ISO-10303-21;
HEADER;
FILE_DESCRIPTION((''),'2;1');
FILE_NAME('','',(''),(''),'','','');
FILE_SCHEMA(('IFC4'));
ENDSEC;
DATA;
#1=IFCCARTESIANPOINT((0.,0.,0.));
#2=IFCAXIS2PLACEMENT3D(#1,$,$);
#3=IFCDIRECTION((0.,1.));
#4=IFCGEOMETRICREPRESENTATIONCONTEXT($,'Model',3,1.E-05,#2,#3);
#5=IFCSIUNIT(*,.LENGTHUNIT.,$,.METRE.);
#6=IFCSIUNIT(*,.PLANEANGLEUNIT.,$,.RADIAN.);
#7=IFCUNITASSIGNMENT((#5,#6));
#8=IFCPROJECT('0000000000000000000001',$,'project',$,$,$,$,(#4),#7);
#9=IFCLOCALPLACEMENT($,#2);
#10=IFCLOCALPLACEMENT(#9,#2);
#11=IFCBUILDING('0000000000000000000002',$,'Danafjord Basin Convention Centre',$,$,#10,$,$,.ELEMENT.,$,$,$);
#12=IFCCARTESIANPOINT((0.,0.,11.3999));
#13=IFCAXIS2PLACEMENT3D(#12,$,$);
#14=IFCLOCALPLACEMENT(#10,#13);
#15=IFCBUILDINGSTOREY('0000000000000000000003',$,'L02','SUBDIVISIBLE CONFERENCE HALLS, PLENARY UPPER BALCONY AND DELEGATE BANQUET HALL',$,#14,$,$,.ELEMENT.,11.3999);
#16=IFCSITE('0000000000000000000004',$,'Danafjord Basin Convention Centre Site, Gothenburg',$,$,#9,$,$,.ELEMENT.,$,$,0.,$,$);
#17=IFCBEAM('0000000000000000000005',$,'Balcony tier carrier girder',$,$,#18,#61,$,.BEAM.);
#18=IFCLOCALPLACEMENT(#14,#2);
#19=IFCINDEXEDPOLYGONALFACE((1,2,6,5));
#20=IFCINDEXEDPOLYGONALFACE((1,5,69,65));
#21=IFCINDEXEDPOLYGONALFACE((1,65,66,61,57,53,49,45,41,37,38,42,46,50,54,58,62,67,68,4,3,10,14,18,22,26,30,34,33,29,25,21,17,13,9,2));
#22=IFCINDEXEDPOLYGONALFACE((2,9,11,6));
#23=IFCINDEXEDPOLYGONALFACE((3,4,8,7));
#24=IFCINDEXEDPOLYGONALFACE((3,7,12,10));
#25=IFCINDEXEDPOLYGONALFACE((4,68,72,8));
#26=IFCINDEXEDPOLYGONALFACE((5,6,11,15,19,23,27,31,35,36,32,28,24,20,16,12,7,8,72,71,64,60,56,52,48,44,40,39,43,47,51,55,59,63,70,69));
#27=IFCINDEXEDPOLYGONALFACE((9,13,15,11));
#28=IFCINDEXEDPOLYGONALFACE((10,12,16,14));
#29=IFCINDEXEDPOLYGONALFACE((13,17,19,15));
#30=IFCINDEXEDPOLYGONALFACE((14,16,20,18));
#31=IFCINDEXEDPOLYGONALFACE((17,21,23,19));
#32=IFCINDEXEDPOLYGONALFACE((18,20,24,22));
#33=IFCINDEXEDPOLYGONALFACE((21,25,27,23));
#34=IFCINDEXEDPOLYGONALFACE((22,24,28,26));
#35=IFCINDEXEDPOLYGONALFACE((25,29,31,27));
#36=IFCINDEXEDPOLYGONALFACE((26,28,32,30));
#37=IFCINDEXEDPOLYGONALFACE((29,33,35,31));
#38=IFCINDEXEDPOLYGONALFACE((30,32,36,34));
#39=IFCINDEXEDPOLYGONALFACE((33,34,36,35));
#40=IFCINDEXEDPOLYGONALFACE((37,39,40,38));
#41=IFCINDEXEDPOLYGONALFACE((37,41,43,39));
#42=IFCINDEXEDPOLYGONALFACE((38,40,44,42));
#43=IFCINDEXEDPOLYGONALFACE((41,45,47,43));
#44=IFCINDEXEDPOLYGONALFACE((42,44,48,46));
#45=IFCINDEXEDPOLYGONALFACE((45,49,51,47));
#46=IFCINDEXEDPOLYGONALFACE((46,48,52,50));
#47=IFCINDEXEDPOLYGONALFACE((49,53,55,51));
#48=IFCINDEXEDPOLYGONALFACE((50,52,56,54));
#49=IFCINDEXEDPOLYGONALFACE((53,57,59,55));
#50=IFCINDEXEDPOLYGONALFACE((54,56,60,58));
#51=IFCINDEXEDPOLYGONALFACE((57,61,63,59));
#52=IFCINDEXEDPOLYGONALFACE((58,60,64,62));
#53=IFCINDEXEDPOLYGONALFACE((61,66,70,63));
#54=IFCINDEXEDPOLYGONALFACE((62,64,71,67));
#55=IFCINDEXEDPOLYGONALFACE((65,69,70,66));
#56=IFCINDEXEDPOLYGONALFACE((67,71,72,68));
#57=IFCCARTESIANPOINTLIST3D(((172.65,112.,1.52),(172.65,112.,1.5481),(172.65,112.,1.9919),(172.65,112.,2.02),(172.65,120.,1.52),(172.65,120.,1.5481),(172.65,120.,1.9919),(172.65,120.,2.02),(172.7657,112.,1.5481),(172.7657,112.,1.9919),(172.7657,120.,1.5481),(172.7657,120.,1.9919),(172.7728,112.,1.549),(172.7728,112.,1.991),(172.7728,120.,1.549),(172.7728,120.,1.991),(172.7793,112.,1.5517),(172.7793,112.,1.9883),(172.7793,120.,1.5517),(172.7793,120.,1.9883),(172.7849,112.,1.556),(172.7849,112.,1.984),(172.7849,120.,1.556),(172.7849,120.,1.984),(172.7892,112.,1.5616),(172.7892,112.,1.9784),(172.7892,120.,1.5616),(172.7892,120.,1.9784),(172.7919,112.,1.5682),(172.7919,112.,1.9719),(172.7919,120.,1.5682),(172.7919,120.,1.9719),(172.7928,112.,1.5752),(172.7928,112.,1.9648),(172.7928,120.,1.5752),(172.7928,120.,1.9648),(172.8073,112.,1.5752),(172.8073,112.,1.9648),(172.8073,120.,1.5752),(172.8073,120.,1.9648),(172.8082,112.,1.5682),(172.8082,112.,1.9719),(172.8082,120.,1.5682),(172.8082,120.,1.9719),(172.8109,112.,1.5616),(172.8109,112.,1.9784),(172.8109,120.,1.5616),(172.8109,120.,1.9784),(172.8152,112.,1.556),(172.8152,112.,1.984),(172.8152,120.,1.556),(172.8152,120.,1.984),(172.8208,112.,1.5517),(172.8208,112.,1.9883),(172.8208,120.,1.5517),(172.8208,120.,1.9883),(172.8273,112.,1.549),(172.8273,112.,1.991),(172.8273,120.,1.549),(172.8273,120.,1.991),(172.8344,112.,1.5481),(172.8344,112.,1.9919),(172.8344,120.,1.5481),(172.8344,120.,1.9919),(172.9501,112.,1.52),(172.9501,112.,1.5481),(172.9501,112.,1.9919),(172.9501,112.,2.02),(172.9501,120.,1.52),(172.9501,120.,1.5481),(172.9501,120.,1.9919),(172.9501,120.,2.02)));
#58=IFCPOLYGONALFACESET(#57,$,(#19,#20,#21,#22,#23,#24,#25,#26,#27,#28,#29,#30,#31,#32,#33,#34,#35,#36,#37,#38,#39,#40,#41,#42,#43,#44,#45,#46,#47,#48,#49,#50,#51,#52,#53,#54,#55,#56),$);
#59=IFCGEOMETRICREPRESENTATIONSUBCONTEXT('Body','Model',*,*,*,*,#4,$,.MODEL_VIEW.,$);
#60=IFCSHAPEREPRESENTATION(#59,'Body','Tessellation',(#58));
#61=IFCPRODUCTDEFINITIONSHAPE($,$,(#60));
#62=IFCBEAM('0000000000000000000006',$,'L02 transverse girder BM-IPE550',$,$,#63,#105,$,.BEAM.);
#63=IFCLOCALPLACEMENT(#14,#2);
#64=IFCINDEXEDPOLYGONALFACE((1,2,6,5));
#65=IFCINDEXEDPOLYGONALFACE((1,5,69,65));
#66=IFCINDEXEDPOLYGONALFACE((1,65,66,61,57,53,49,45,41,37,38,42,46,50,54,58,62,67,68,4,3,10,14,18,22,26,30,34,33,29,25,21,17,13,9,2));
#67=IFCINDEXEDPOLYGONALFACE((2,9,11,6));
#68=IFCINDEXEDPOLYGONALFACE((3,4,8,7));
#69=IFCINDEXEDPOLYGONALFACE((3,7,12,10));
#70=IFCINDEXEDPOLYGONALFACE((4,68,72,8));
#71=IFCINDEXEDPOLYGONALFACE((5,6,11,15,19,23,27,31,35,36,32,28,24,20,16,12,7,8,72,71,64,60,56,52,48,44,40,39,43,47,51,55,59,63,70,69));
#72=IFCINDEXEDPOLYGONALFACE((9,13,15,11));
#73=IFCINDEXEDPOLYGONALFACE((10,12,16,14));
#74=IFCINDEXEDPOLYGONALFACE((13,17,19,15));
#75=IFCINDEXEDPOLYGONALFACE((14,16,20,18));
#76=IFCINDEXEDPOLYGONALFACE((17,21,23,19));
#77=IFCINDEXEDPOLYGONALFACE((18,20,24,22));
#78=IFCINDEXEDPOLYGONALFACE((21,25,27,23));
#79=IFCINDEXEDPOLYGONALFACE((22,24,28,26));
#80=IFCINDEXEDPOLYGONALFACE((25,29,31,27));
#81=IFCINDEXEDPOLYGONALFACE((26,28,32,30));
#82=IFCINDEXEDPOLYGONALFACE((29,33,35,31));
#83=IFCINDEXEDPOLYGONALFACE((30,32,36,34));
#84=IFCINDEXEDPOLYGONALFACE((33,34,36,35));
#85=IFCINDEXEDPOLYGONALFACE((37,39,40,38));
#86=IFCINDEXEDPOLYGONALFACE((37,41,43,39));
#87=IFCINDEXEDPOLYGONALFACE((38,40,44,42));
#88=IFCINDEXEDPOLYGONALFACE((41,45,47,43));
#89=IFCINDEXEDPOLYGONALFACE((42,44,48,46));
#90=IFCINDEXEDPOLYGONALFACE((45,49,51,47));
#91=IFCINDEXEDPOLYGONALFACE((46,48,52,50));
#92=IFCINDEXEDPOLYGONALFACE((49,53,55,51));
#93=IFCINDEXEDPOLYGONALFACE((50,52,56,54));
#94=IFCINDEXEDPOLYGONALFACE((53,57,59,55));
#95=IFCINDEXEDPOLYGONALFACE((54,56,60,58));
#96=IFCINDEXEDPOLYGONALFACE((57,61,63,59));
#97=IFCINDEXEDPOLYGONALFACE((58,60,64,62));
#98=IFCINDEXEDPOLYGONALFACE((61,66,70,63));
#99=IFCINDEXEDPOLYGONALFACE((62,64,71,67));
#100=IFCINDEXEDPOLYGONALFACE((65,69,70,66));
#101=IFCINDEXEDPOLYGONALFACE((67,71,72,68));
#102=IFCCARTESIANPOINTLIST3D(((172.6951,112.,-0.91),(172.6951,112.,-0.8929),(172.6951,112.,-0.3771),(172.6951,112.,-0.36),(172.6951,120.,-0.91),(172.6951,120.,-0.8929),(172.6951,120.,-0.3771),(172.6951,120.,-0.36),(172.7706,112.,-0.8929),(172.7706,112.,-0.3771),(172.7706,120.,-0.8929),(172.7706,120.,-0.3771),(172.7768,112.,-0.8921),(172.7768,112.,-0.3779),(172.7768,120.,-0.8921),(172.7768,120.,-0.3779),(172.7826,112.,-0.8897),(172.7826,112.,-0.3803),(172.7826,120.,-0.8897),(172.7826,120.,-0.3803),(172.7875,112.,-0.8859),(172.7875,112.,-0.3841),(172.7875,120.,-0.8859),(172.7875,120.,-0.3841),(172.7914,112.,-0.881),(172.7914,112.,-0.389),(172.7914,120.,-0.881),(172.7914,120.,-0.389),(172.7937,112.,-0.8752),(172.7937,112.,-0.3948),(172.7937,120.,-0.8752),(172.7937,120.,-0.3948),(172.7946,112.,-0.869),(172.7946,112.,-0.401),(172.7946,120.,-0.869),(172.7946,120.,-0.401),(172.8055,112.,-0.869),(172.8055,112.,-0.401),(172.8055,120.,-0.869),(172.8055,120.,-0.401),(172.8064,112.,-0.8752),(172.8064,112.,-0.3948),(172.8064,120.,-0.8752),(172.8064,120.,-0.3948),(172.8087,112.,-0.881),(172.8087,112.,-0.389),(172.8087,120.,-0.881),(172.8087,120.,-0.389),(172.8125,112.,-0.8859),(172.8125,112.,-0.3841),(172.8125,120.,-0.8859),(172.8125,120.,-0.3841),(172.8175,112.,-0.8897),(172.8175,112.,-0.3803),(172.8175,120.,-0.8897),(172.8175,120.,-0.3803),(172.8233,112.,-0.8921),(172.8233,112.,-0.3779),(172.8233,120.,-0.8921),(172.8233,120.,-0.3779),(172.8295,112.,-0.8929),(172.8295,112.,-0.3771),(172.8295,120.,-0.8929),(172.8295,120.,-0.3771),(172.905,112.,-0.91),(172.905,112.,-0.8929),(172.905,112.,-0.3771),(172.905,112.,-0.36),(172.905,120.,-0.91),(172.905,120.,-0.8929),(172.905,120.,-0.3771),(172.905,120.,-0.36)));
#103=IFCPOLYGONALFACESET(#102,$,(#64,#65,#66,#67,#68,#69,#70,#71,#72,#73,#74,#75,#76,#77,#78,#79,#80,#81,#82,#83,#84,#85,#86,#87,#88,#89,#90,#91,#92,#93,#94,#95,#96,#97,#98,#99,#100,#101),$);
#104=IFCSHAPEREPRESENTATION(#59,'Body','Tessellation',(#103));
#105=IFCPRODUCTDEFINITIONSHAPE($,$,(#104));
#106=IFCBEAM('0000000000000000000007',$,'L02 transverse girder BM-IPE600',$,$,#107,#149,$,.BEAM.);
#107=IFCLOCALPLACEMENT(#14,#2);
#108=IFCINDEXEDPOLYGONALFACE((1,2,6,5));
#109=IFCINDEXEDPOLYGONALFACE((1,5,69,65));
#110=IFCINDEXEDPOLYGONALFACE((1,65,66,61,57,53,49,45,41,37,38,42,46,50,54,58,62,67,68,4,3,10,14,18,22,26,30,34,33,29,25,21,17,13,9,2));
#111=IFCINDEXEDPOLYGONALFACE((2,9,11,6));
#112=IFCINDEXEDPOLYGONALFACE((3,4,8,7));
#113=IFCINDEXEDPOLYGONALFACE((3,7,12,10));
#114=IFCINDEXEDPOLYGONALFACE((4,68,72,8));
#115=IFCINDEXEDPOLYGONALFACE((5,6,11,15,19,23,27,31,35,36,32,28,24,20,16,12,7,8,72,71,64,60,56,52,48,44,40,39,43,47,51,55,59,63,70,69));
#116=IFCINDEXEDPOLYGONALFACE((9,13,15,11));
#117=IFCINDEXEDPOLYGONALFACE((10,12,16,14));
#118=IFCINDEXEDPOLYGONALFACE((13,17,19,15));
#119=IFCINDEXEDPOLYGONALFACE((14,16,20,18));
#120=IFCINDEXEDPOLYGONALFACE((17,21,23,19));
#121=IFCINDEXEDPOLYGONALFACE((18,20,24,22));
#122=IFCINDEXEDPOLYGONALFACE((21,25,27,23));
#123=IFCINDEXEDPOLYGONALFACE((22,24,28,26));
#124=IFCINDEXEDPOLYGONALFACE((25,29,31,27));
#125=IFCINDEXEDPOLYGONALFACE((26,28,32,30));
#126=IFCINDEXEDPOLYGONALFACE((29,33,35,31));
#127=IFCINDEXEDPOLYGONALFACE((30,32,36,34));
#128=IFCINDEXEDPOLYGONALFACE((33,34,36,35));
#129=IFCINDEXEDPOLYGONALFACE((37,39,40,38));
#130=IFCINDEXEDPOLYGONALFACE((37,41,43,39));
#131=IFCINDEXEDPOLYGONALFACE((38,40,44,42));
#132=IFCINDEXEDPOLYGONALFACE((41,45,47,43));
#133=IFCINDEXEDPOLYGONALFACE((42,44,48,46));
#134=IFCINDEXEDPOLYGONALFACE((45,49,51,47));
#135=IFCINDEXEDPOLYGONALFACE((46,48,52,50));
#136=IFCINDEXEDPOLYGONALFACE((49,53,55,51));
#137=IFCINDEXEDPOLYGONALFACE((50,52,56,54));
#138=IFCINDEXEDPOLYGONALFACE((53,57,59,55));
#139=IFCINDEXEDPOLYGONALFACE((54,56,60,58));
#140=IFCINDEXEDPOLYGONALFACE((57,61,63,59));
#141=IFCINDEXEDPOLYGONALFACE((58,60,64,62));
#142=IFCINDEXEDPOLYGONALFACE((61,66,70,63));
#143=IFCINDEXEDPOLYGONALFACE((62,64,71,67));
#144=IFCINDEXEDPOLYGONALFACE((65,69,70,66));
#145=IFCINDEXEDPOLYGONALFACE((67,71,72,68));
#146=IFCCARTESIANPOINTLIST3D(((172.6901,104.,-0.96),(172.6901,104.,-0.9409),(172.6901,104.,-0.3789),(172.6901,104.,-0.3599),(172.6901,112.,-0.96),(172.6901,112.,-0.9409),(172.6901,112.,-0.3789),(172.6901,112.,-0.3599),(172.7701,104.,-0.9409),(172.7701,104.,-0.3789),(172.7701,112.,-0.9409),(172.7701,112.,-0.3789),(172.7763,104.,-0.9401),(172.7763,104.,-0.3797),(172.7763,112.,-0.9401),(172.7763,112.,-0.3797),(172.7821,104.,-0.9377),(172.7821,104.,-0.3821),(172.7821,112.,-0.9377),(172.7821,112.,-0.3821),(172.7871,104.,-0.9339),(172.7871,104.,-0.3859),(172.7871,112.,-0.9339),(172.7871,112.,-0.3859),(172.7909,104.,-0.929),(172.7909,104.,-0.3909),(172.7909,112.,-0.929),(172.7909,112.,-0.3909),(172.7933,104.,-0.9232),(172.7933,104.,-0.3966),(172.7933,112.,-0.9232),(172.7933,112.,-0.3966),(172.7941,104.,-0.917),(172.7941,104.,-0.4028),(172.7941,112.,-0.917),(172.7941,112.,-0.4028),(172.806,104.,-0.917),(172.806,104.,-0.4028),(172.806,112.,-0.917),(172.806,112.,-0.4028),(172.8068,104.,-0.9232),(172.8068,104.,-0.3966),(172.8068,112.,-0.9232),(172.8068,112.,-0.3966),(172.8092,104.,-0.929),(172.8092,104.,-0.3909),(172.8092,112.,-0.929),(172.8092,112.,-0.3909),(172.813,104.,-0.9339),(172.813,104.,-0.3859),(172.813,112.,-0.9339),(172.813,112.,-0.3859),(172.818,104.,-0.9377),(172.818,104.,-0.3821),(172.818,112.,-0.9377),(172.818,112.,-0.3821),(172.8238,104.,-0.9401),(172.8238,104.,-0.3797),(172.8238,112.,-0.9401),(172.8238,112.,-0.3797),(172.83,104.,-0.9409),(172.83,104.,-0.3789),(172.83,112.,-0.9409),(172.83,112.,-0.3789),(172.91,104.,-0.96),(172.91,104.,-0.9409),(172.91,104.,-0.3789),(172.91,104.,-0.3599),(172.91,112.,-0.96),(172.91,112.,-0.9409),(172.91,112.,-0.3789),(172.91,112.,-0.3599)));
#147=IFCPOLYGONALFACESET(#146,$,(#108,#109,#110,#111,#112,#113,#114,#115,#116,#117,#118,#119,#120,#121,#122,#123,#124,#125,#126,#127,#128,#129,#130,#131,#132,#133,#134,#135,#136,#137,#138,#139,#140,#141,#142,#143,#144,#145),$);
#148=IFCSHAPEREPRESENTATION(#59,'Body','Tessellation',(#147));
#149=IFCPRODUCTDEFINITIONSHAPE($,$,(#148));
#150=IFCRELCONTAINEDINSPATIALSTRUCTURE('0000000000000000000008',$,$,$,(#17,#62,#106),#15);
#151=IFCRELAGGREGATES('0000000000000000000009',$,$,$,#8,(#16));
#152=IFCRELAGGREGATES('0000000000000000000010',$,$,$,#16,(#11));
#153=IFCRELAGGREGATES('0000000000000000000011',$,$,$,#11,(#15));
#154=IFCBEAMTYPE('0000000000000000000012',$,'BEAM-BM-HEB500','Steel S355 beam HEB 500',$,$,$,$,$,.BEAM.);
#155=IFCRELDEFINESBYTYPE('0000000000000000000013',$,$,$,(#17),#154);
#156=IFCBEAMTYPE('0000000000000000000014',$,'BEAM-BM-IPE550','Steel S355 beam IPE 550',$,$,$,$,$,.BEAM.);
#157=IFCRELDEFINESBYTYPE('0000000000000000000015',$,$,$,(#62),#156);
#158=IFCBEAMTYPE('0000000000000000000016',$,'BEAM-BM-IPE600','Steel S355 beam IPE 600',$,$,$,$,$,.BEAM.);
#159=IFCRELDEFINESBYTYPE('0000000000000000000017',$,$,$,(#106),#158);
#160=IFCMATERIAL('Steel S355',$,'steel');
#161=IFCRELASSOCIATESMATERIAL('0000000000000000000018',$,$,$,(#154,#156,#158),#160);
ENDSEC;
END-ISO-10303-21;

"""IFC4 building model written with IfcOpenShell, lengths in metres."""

from ifc_helpers import new_model, si_unit, direction, frame, origin, origin_2d, place, context, subcontext, project, spatial, i_section, extrude, material, material_profile, profile_set, type_object, element, save


model = new_model("IFC4")

# Units and contexts
model_context = context("Model", 3, precision=1e-05, world=origin(), true_north=direction((0.0, 1.0)))
body_context = subcontext(model_context, "Body", "Model", "MODEL_VIEW")
ifc_project = project(units=[si_unit("LENGTHUNIT", "METRE"), si_unit("PLANEANGLEUNIT", "RADIAN")], contexts=[model_context])

# Site, building, storey
site_placement = place(None, origin())
site = spatial("IfcSite", under=ifc_project, at=site_placement, Name="Danafjord Basin Convention Centre Site, Gothenburg", CompositionType="ELEMENT", RefElevation=0.0)
building_placement = place(site_placement, origin())
building = spatial("IfcBuilding", under=site, at=building_placement, Name="Danafjord Basin Convention Centre", CompositionType="ELEMENT")
storey_placement = place(building_placement, frame((0.0, 0.0, 11.3999)))
storey = spatial("IfcBuildingStorey", under=building, at=storey_placement, Name="L02", Description="SUBDIVISIBLE CONFERENCE HALLS, PLENARY UPPER BALCONY AND DELEGATE BANQUET HALL", CompositionType="ELEMENT", Elevation=11.3999)

# Shared definitions
ifc_material = material(Name="Steel S355", Category="steel")

# Beams
ifc_material_profile_1 = material_profile(ifc_material, i_section(OverallWidth=0.3, OverallDepth=0.5, WebThickness=0.0144, FlangeThickness=0.0281, FilletRadius=0.0271, at=origin_2d()), Name="HEB 500")
ifc_profile_set_1 = profile_set([ifc_material_profile_1], Name="Steel S355")
beam_type_1 = type_object("IfcBeamType", Name="BEAM-BM-HEB500", Description="Steel S355 beam HEB 500", PredefinedType="BEAM", material=ifc_profile_set_1)
for number, where, z_axis, x_axis, name in (
    (1, (172.8, 112.0, 1.77), (0.0, 1.0, 0.0), (-1.0, 0.0, 0.0), "Balcony tier carrier girder"),
):
    element("IfcBeam", number, at=place(storey_placement, frame(where, z_axis=z_axis, x_axis=x_axis)), inside=storey, type_object=beam_type_1, Name=name, PredefinedType="BEAM", context=body_context, shape_type="SweptSolid", body=[
        extrude(i_section(OverallWidth=0.3, OverallDepth=0.5, WebThickness=0.0144, FlangeThickness=0.0281, FilletRadius=0.0271, at=origin_2d()), origin(), (0.0, 0.0, 1.0), 8.0),
    ])
ifc_material_profile_2 = material_profile(ifc_material, i_section(OverallWidth=0.21, OverallDepth=0.55, WebThickness=0.011, FlangeThickness=0.0171, FilletRadius=0.0239, at=origin_2d()), Name="IPE 550")
ifc_profile_set_2 = profile_set([ifc_material_profile_2], Name="Steel S355")
beam_type_2 = type_object("IfcBeamType", Name="BEAM-BM-IPE550", Description="Steel S355 beam IPE 550", PredefinedType="BEAM", material=ifc_profile_set_2)
beam_1_placement = place(storey_placement, frame((172.8, 112.0, -0.635), z_axis=(0.0, 1.0, 0.0), x_axis=(-1.0, 0.0, 0.0)))
element("IfcBeam", 2, at=beam_1_placement, inside=storey, type_object=beam_type_2, Name="L02 transverse girder BM-IPE550", PredefinedType="BEAM", context=body_context, shape_type="SweptSolid", body=[
    extrude(i_section(OverallWidth=0.21, OverallDepth=0.55, WebThickness=0.011, FlangeThickness=0.0171, FilletRadius=0.0239, at=origin_2d()), origin(), (0.0, 0.0, 1.0), 8.0),
])
ifc_material_profile_3 = material_profile(ifc_material, i_section(OverallWidth=0.22, OverallDepth=0.6001, WebThickness=0.012, FlangeThickness=0.019, FilletRadius=0.0239, at=origin_2d()), Name="IPE 600")
ifc_profile_set_3 = profile_set([ifc_material_profile_3], Name="Steel S355")
beam_type_3 = type_object("IfcBeamType", Name="BEAM-BM-IPE600", Description="Steel S355 beam IPE 600", PredefinedType="BEAM", material=ifc_profile_set_3)
beam_2_placement = place(storey_placement, frame((172.8, 104.0, -0.6599), z_axis=(0.0, 1.0, 0.0), x_axis=(-1.0, 0.0, 0.0)))
element("IfcBeam", 3, at=beam_2_placement, inside=storey, type_object=beam_type_3, Name="L02 transverse girder BM-IPE600", PredefinedType="BEAM", context=body_context, shape_type="SweptSolid", body=[
    extrude(i_section(OverallWidth=0.22, OverallDepth=0.6001, WebThickness=0.012, FlangeThickness=0.019, FilletRadius=0.0239, at=origin_2d()), origin(), (0.0, 0.0, 1.0), 8.0),
])

save(model, "model.ifc")
